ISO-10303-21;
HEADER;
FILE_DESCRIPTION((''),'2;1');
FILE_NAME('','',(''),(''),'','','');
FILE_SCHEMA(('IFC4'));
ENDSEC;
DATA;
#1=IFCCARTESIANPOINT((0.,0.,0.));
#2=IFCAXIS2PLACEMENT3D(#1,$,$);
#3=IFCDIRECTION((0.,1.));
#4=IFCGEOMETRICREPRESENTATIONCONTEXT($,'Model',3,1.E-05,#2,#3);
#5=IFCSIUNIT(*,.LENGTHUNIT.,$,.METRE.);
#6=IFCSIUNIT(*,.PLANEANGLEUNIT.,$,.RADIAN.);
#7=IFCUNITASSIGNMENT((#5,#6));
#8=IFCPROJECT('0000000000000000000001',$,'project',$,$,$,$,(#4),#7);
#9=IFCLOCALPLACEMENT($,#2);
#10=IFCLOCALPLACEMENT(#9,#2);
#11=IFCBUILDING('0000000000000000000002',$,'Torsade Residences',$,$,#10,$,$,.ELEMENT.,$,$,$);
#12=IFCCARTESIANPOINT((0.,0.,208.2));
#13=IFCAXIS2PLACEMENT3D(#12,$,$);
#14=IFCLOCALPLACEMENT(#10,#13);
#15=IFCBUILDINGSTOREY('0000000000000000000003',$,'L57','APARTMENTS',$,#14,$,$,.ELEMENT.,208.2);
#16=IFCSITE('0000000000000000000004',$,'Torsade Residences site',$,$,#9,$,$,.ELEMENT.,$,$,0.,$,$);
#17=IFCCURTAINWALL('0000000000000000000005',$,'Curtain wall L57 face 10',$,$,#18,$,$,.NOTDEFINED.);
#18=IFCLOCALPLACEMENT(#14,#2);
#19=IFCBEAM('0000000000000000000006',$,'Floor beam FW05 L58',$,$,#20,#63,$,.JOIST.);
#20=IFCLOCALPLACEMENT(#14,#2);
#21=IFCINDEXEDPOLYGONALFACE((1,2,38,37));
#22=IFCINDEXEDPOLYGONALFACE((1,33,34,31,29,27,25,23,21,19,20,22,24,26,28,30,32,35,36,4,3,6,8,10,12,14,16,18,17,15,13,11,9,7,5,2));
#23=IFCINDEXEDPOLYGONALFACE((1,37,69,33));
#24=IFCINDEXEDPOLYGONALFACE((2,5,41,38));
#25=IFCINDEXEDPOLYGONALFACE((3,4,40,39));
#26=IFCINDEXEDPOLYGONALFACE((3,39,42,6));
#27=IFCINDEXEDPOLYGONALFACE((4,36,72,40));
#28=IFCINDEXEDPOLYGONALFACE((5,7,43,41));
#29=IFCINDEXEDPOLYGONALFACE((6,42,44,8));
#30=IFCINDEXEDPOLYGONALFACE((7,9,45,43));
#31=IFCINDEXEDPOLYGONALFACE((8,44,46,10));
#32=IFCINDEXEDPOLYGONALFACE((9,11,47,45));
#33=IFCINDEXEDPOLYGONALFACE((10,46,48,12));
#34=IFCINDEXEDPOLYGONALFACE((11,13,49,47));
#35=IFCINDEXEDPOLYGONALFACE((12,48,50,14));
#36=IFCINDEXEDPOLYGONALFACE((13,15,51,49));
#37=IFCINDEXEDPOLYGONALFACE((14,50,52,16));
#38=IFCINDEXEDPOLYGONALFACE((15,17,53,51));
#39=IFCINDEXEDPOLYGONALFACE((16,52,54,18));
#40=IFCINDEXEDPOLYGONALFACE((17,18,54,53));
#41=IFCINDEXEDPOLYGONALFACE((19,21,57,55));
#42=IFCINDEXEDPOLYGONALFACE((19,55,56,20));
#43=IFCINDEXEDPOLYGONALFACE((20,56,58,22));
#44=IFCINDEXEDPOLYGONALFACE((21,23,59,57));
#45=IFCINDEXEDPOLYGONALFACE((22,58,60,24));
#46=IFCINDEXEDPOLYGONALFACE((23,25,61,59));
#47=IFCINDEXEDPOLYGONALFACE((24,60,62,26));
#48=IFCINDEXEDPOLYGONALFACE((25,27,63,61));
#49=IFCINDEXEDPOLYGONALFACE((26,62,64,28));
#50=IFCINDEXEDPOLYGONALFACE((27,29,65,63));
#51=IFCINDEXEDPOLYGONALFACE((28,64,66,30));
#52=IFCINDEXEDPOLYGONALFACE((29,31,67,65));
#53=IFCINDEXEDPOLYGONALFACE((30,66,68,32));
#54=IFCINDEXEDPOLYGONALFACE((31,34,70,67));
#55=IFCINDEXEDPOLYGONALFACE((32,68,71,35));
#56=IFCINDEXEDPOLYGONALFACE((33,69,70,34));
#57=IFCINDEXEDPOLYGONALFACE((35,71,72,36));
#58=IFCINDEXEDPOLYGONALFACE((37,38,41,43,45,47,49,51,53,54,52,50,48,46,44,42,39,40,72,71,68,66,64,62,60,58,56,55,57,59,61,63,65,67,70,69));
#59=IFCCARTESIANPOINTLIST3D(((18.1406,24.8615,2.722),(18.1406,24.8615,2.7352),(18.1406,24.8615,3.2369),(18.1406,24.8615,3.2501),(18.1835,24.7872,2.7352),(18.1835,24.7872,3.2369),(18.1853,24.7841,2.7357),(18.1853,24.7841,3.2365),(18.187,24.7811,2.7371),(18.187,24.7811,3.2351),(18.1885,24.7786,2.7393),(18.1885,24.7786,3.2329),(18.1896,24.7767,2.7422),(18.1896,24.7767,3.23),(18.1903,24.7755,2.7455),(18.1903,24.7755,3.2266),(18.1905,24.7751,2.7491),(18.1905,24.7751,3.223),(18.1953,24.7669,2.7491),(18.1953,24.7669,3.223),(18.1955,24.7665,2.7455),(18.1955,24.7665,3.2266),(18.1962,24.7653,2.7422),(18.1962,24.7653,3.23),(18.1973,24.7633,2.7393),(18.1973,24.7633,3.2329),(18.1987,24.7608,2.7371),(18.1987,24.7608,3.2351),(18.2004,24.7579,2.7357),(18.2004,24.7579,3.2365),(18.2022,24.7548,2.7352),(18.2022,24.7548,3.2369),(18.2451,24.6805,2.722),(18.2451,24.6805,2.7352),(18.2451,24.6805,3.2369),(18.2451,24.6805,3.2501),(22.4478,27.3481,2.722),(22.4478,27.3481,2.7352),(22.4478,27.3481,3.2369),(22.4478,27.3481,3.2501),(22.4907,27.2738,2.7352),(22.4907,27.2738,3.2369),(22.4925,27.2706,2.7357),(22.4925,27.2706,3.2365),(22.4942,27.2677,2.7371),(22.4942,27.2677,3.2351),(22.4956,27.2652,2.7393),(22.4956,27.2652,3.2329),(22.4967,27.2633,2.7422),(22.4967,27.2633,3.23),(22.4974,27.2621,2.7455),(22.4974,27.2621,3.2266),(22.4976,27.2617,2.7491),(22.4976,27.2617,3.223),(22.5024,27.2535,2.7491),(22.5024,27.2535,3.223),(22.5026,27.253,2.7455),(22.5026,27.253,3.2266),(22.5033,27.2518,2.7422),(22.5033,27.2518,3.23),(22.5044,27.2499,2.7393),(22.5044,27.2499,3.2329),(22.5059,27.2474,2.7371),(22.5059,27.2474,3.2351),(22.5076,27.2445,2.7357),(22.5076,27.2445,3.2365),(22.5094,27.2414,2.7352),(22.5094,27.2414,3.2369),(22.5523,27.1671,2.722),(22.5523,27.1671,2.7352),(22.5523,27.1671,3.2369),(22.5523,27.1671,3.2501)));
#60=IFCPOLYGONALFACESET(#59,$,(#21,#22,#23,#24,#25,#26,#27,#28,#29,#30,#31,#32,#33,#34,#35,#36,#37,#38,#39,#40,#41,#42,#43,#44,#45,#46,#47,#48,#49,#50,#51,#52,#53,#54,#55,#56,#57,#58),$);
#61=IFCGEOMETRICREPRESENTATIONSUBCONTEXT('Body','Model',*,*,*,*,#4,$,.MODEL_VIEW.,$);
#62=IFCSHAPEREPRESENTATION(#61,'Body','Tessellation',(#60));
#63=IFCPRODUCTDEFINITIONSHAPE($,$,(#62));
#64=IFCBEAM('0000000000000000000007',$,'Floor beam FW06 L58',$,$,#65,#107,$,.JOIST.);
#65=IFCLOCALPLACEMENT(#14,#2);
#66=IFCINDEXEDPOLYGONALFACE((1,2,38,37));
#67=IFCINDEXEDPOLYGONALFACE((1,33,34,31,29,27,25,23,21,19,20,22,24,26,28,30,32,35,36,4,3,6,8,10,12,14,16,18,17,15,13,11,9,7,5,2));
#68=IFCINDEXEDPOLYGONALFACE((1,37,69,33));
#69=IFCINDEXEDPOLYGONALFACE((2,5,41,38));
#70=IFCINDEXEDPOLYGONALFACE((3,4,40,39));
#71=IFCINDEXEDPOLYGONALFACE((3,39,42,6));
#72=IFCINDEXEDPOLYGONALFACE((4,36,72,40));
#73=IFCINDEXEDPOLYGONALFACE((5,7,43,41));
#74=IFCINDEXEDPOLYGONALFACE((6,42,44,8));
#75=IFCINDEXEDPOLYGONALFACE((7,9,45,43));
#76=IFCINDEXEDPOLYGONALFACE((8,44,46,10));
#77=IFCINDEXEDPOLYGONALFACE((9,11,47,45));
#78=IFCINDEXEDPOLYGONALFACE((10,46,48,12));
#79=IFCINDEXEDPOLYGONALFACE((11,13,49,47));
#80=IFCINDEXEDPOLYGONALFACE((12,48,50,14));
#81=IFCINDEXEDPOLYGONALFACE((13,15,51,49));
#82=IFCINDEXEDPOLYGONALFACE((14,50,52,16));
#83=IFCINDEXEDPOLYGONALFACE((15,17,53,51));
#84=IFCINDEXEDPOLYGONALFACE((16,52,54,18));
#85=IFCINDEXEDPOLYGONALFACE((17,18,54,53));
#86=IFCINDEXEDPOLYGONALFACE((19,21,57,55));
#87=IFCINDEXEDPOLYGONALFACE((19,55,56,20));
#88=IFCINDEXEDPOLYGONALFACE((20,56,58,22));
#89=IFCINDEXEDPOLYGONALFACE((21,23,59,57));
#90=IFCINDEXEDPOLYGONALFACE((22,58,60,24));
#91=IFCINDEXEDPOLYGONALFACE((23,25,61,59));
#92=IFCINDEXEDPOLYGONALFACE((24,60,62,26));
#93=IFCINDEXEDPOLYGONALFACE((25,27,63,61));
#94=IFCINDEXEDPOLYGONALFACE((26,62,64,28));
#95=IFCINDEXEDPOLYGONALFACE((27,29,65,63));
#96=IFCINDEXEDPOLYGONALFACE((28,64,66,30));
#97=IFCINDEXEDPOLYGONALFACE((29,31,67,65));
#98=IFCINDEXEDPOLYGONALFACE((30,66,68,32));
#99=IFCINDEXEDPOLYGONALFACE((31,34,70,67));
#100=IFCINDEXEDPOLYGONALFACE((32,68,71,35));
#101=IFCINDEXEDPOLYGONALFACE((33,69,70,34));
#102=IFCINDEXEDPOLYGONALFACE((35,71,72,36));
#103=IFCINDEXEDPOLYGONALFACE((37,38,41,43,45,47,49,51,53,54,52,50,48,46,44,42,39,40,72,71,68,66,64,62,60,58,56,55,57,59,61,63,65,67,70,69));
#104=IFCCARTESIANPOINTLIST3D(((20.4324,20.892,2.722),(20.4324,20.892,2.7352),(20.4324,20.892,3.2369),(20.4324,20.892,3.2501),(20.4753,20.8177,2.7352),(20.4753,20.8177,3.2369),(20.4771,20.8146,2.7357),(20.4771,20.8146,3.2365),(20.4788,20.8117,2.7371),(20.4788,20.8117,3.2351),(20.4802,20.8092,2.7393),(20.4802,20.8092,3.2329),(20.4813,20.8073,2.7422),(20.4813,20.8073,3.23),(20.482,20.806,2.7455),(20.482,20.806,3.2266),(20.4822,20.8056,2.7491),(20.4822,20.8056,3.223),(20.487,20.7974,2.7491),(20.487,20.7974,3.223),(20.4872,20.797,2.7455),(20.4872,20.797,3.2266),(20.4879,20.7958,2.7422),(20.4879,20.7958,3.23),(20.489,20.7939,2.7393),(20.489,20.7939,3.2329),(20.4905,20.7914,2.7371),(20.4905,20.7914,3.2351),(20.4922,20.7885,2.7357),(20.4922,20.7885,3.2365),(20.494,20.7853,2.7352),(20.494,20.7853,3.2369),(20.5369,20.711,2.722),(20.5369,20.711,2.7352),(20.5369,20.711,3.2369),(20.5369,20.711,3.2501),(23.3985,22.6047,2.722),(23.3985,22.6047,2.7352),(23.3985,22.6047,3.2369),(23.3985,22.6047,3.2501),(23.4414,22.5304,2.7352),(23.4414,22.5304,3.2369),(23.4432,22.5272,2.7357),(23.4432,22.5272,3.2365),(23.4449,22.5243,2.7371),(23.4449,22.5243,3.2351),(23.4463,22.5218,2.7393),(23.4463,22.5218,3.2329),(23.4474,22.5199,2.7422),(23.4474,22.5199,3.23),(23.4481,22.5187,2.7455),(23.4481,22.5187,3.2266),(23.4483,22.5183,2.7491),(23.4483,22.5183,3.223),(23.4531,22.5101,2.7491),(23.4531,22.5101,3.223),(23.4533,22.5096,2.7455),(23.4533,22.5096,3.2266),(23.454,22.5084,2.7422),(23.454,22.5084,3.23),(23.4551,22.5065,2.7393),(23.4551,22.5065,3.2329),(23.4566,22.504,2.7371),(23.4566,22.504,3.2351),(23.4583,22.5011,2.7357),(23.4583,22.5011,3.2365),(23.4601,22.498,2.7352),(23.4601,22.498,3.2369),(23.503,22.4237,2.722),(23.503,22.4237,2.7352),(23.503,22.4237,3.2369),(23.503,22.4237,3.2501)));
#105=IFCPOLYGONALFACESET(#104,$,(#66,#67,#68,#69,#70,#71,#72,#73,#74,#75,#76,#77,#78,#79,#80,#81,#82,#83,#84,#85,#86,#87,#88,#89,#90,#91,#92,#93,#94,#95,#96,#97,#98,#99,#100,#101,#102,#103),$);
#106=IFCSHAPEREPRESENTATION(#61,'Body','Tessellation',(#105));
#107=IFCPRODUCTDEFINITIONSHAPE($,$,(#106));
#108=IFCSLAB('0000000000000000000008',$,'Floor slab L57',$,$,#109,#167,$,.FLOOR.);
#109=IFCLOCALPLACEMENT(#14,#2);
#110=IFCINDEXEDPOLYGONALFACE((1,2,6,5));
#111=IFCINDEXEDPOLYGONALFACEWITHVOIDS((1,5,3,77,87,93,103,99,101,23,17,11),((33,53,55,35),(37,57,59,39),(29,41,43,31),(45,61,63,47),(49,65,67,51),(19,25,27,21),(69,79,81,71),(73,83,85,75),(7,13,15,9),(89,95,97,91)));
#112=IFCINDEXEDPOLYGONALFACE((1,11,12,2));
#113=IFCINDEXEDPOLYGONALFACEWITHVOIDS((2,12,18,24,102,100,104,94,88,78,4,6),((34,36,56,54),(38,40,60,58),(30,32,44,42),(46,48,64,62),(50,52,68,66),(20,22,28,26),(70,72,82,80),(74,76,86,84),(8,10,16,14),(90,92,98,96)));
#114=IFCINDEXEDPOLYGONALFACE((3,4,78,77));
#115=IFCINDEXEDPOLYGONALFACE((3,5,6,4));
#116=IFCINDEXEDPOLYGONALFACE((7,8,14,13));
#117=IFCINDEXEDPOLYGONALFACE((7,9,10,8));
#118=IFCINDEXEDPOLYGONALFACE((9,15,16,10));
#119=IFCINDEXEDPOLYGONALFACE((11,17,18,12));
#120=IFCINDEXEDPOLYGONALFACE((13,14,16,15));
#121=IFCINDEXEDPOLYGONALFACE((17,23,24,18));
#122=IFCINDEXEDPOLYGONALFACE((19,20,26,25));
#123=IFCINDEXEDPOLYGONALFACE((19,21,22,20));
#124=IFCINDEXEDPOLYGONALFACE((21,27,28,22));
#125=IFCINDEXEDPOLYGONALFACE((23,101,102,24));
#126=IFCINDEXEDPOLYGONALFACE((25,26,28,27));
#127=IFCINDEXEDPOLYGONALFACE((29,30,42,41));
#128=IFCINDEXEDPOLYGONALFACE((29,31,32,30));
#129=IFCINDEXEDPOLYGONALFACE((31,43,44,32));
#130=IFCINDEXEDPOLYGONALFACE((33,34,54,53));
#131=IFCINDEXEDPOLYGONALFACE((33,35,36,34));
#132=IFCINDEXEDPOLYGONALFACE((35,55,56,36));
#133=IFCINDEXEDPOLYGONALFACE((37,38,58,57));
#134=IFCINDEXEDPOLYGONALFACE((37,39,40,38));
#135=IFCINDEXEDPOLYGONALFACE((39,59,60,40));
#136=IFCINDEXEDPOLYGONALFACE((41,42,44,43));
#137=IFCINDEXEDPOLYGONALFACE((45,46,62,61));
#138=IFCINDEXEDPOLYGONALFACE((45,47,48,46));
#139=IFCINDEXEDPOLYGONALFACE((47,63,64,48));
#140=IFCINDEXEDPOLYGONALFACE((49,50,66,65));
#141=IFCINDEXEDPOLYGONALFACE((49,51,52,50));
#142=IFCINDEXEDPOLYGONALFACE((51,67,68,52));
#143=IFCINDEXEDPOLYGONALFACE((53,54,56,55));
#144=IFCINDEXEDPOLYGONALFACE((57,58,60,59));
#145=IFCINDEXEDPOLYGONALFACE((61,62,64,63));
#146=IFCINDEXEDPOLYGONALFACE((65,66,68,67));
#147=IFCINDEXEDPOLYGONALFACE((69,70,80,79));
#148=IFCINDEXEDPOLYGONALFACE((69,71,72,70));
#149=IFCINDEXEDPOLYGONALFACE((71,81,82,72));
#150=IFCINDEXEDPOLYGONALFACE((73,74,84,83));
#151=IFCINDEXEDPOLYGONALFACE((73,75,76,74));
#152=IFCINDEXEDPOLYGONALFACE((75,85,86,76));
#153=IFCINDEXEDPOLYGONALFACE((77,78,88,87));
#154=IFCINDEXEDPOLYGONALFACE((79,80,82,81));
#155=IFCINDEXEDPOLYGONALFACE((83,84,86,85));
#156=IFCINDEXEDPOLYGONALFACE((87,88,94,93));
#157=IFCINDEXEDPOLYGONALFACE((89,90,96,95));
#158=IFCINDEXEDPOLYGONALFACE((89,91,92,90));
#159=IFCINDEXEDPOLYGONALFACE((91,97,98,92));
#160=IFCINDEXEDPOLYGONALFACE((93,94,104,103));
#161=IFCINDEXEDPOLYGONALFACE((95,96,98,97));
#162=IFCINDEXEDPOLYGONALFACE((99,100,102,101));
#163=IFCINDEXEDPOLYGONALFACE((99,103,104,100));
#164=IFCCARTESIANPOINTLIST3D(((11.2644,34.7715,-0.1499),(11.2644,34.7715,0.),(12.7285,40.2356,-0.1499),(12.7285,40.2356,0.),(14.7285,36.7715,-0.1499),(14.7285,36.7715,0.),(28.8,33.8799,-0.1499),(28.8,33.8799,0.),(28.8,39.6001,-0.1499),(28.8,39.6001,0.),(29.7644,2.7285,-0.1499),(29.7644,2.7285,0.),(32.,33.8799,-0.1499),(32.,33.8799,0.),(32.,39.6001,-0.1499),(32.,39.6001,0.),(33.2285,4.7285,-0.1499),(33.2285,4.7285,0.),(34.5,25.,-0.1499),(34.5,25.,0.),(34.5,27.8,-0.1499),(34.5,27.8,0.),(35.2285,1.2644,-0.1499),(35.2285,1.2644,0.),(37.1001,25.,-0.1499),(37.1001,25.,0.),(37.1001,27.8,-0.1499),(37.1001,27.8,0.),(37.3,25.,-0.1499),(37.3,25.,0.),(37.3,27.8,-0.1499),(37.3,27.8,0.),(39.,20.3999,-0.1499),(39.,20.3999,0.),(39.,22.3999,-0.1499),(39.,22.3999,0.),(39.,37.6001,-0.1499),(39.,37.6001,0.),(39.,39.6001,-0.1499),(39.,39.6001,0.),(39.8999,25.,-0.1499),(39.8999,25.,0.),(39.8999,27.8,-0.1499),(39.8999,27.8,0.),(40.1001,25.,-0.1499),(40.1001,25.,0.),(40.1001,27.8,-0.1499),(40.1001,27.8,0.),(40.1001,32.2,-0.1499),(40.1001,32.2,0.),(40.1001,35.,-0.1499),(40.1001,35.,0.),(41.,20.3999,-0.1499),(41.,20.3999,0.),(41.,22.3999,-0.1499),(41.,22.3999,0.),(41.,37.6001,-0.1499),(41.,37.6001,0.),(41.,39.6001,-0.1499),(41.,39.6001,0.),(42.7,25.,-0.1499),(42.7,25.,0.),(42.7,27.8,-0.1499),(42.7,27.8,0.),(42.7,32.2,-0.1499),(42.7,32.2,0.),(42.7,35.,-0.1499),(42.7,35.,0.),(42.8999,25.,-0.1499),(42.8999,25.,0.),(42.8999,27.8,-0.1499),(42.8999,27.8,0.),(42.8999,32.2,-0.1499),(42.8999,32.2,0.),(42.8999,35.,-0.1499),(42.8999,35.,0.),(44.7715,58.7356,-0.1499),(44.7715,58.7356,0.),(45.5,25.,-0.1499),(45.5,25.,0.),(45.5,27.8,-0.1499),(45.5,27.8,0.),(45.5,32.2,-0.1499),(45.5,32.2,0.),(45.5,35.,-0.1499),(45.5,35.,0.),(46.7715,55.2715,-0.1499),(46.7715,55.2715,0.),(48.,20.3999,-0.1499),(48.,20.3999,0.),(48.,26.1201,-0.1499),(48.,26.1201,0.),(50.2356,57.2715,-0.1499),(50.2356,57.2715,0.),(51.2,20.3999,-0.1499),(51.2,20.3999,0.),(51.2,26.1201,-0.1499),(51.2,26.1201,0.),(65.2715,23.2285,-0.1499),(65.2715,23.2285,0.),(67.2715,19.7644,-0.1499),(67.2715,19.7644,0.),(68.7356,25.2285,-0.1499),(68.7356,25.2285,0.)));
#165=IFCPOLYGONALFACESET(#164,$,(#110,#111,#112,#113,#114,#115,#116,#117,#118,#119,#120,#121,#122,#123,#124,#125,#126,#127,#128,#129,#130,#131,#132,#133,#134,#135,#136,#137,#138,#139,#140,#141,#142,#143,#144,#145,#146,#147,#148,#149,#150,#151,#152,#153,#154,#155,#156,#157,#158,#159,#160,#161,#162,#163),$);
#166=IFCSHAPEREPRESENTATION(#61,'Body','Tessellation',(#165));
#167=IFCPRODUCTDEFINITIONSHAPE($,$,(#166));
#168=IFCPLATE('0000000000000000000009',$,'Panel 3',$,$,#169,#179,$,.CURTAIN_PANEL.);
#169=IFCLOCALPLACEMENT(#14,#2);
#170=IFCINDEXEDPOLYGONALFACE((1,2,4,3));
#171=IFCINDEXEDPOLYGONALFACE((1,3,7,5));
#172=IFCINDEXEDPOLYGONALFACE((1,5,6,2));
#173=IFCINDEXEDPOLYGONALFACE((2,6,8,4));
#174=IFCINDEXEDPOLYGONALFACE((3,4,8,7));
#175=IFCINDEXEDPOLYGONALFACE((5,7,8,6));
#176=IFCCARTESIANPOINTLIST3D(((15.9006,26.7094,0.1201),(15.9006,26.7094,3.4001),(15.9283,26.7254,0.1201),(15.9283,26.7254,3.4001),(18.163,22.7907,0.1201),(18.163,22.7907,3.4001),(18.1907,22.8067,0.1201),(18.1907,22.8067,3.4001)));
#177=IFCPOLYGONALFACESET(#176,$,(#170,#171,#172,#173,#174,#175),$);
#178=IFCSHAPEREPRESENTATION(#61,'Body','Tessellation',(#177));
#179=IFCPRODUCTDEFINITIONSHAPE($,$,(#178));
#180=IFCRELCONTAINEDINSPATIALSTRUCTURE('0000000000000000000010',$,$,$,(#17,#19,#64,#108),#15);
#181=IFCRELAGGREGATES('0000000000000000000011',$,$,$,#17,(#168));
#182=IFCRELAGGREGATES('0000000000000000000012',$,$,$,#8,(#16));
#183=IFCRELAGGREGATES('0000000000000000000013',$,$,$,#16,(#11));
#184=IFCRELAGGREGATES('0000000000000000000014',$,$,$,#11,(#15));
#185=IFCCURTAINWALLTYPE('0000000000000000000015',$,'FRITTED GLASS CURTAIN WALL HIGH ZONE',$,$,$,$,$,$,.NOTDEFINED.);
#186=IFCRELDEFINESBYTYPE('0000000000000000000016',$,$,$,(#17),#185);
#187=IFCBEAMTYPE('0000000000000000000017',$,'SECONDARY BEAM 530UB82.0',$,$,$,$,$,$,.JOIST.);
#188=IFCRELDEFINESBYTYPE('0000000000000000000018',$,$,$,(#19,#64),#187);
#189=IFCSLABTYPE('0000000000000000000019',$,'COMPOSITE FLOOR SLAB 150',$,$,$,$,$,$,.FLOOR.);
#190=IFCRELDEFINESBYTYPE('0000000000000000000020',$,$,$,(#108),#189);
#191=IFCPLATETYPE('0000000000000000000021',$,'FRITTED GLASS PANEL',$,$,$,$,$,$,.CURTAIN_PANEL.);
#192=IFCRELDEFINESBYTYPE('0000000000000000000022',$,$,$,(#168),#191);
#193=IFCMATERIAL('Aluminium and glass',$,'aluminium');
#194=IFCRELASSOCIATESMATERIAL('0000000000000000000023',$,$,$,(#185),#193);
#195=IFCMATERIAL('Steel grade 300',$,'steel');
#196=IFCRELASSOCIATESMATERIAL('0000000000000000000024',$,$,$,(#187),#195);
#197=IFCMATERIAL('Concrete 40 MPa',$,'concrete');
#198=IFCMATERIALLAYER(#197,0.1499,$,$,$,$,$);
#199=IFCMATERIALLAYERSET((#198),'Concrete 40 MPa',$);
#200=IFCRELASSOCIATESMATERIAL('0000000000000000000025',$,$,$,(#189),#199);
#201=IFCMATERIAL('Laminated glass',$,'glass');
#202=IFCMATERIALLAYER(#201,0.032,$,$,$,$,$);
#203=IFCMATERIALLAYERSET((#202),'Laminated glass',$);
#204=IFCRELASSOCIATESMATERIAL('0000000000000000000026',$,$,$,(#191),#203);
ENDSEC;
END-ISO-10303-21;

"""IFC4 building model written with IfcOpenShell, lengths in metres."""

from ifc_helpers import new_model, si_unit, direction, frame, origin, origin_2d, place, context, subcontext, project, spatial, polyline, rectangle, i_section, outline, extrude, material, layer, layer_set, material_profile, profile_set, type_object, element, aggregate, save


model = new_model("IFC4")

# Units and contexts
model_context = context("Model", 3, precision=1e-05, world=origin(), true_north=direction((0.0, 1.0)))
body_context = subcontext(model_context, "Body", "Model", "MODEL_VIEW")
ifc_project = project(units=[si_unit("LENGTHUNIT", "METRE"), si_unit("PLANEANGLEUNIT", "RADIAN")], contexts=[model_context])

# Site, building, storey
site_placement = place(None, origin())
site = spatial("IfcSite", under=ifc_project, at=site_placement, Name="Torsade Residences site", CompositionType="ELEMENT", RefElevation=0.0)
building_placement = place(site_placement, origin())
building = spatial("IfcBuilding", under=site, at=building_placement, Name="Torsade Residences", CompositionType="ELEMENT")
storey_placement = place(building_placement, frame((0.0, 0.0, 208.2)))
storey = spatial("IfcBuildingStorey", under=building, at=storey_placement, Name="L57", Description="APARTMENTS", CompositionType="ELEMENT", Elevation=208.2)

# Curtain wall
ifc_material_1 = material(Name="Aluminium and glass", Category="aluminium")
curtain_wall_type = type_object("IfcCurtainWallType", Name="FRITTED GLASS CURTAIN WALL HIGH ZONE", PredefinedType="NOTDEFINED", material=ifc_material_1)
curtain_wall_placement = place(storey_placement, origin())
curtain_wall = element("IfcCurtainWall", 1, at=curtain_wall_placement, inside=storey, type_object=curtain_wall_type, Name="Curtain wall L57 face 10", PredefinedType="NOTDEFINED")

# Beams
ifc_material_2 = material(Name="Steel grade 300", Category="steel")
ifc_material_profile_1 = material_profile(ifc_material_2, i_section(OverallWidth=0.209, OverallDepth=0.5281, WebThickness=0.0095, FlangeThickness=0.0132, FilletRadius=0.0139, at=origin_2d()), Name="530UB82.0")
ifc_profile_set_1 = profile_set([ifc_material_profile_1], Name="Steel grade 300")
beam_type_1 = type_object("IfcBeamType", Name="SECONDARY BEAM 530UB82.0", PredefinedType="JOIST", material=ifc_profile_set_1)
beam_1_placement = place(storey_placement, frame((18.1929, 24.771, 2.9861), z_axis=(0.866038, 0.499977, 0.0), x_axis=(-0.499977, 0.866038, 0.0)))
element("IfcBeam", 2, at=beam_1_placement, inside=storey, type_object=beam_type_1, Name="Floor beam FW05 L58", PredefinedType="JOIST", context=body_context, shape_type="SweptSolid", body=[
    extrude(i_section(OverallWidth=0.209, OverallDepth=0.5281, WebThickness=0.0095, FlangeThickness=0.0132, FilletRadius=0.0139, at=origin_2d()), origin(), (0.0, 0.0, 1.0), 4.9734),
])
beam_2_placement = place(storey_placement, frame((20.4846, 20.8015, 2.9861), z_axis=(0.866002, 0.500041, 0.0), x_axis=(-0.500041, 0.866002, 0.0)))
element("IfcBeam", 3, at=beam_2_placement, inside=storey, type_object=beam_type_1, Name="Floor beam FW06 L58", PredefinedType="JOIST", context=body_context, shape_type="SweptSolid", body=[
    extrude(i_section(OverallWidth=0.209, OverallDepth=0.5281, WebThickness=0.0095, FlangeThickness=0.0132, FilletRadius=0.0139, at=origin_2d()), origin(), (0.0, 0.0, 1.0), 3.425),
])

# Slab
ifc_material_3 = material(Name="Concrete 40 MPa", Category="concrete")
ifc_layer_1 = layer(ifc_material_3, 0.1499)
ifc_layer_set_1 = layer_set([ifc_layer_1], Name="Concrete 40 MPa")
slab_type_1 = type_object("IfcSlabType", Name="COMPOSITE FLOOR SLAB 150", PredefinedType="FLOOR", material=ifc_layer_set_1)
slab_1_placement = place(storey_placement, frame((0.0, 0.0, -0.1499)))
element("IfcSlab", 4, at=slab_1_placement, inside=storey, type_object=slab_type_1, Name="Floor slab L57", PredefinedType="FLOOR", context=body_context, shape_type="SweptSolid", body=[
    extrude(outline(polyline([(35.2285, 1.2644), (67.2715, 19.7644), (65.2715, 23.2285), (68.7356, 25.2285), (50.2356, 57.2715), (46.7715, 55.2715), (44.7715, 58.7356), (12.7285, 40.2356), (14.7285, 36.7715), (11.2644, 34.7715), (29.7644, 2.7285), (33.2285, 4.7285), (35.2285, 1.2644)]), holes=[polyline([(51.2, 26.1201), (48.0, 26.1201), (48.0, 20.3999), (51.2, 20.3999), (51.2, 26.1201)]), polyline([(45.5, 27.8), (42.8999, 27.8), (42.8999, 25.0), (45.5, 25.0), (45.5, 27.8)]), polyline([(45.5, 35.0), (42.8999, 35.0), (42.8999, 32.2), (45.5, 32.2), (45.5, 35.0)]), polyline([(42.7, 25.0), (42.7, 27.8), (40.1001, 27.8), (40.1001, 25.0), (42.7, 25.0)]), polyline([(42.7, 35.0), (40.1001, 35.0), (40.1001, 32.2), (42.7, 32.2), (42.7, 35.0)]), polyline([(41.0, 22.3999), (39.0, 22.3999), (39.0, 20.3999), (41.0, 20.3999), (41.0, 22.3999)]), polyline([(41.0, 37.6001), (41.0, 39.6001), (39.0, 39.6001), (39.0, 37.6001), (41.0, 37.6001)]), polyline([(39.8999, 25.0), (39.8999, 27.8), (37.3, 27.8), (37.3, 25.0), (39.8999, 25.0)]), polyline([(37.1001, 27.8), (34.5, 27.8), (34.5, 25.0), (37.1001, 25.0), (37.1001, 27.8)]), polyline([(32.0, 33.8799), (32.0, 39.6001), (28.8, 39.6001), (28.8, 33.8799), (32.0, 33.8799)])]), origin(), (0.0, 0.0, 1.0), 0.1499),
])

# Plate
ifc_material_4 = material(Name="Laminated glass", Category="glass")
ifc_layer_2 = layer(ifc_material_4, 0.032)
ifc_layer_set_2 = layer_set([ifc_layer_2], Name="Laminated glass")
plate_type = type_object("IfcPlateType", Name="FRITTED GLASS PANEL", PredefinedType="CURTAIN_PANEL", material=ifc_layer_set_2)
plate_1_placement = place(storey_placement, frame((17.0457, 24.7581, 0.1201), z_axis=(0.0, 0.0, 1.0), x_axis=(0.5, -0.866025, 0.0)))
plate_1 = element("IfcPlate", 5, at=plate_1_placement, type_object=plate_type, Name="Panel 3", PredefinedType="CURTAIN_PANEL", context=body_context, shape_type="SweptSolid", body=[
    extrude(rectangle(XDim=4.5249, YDim=0.032, at=origin_2d()), origin(), (0.0, 0.0, 1.0), 3.28),
])
aggregate(curtain_wall, [plate_1])

save(model, "model.ifc")
